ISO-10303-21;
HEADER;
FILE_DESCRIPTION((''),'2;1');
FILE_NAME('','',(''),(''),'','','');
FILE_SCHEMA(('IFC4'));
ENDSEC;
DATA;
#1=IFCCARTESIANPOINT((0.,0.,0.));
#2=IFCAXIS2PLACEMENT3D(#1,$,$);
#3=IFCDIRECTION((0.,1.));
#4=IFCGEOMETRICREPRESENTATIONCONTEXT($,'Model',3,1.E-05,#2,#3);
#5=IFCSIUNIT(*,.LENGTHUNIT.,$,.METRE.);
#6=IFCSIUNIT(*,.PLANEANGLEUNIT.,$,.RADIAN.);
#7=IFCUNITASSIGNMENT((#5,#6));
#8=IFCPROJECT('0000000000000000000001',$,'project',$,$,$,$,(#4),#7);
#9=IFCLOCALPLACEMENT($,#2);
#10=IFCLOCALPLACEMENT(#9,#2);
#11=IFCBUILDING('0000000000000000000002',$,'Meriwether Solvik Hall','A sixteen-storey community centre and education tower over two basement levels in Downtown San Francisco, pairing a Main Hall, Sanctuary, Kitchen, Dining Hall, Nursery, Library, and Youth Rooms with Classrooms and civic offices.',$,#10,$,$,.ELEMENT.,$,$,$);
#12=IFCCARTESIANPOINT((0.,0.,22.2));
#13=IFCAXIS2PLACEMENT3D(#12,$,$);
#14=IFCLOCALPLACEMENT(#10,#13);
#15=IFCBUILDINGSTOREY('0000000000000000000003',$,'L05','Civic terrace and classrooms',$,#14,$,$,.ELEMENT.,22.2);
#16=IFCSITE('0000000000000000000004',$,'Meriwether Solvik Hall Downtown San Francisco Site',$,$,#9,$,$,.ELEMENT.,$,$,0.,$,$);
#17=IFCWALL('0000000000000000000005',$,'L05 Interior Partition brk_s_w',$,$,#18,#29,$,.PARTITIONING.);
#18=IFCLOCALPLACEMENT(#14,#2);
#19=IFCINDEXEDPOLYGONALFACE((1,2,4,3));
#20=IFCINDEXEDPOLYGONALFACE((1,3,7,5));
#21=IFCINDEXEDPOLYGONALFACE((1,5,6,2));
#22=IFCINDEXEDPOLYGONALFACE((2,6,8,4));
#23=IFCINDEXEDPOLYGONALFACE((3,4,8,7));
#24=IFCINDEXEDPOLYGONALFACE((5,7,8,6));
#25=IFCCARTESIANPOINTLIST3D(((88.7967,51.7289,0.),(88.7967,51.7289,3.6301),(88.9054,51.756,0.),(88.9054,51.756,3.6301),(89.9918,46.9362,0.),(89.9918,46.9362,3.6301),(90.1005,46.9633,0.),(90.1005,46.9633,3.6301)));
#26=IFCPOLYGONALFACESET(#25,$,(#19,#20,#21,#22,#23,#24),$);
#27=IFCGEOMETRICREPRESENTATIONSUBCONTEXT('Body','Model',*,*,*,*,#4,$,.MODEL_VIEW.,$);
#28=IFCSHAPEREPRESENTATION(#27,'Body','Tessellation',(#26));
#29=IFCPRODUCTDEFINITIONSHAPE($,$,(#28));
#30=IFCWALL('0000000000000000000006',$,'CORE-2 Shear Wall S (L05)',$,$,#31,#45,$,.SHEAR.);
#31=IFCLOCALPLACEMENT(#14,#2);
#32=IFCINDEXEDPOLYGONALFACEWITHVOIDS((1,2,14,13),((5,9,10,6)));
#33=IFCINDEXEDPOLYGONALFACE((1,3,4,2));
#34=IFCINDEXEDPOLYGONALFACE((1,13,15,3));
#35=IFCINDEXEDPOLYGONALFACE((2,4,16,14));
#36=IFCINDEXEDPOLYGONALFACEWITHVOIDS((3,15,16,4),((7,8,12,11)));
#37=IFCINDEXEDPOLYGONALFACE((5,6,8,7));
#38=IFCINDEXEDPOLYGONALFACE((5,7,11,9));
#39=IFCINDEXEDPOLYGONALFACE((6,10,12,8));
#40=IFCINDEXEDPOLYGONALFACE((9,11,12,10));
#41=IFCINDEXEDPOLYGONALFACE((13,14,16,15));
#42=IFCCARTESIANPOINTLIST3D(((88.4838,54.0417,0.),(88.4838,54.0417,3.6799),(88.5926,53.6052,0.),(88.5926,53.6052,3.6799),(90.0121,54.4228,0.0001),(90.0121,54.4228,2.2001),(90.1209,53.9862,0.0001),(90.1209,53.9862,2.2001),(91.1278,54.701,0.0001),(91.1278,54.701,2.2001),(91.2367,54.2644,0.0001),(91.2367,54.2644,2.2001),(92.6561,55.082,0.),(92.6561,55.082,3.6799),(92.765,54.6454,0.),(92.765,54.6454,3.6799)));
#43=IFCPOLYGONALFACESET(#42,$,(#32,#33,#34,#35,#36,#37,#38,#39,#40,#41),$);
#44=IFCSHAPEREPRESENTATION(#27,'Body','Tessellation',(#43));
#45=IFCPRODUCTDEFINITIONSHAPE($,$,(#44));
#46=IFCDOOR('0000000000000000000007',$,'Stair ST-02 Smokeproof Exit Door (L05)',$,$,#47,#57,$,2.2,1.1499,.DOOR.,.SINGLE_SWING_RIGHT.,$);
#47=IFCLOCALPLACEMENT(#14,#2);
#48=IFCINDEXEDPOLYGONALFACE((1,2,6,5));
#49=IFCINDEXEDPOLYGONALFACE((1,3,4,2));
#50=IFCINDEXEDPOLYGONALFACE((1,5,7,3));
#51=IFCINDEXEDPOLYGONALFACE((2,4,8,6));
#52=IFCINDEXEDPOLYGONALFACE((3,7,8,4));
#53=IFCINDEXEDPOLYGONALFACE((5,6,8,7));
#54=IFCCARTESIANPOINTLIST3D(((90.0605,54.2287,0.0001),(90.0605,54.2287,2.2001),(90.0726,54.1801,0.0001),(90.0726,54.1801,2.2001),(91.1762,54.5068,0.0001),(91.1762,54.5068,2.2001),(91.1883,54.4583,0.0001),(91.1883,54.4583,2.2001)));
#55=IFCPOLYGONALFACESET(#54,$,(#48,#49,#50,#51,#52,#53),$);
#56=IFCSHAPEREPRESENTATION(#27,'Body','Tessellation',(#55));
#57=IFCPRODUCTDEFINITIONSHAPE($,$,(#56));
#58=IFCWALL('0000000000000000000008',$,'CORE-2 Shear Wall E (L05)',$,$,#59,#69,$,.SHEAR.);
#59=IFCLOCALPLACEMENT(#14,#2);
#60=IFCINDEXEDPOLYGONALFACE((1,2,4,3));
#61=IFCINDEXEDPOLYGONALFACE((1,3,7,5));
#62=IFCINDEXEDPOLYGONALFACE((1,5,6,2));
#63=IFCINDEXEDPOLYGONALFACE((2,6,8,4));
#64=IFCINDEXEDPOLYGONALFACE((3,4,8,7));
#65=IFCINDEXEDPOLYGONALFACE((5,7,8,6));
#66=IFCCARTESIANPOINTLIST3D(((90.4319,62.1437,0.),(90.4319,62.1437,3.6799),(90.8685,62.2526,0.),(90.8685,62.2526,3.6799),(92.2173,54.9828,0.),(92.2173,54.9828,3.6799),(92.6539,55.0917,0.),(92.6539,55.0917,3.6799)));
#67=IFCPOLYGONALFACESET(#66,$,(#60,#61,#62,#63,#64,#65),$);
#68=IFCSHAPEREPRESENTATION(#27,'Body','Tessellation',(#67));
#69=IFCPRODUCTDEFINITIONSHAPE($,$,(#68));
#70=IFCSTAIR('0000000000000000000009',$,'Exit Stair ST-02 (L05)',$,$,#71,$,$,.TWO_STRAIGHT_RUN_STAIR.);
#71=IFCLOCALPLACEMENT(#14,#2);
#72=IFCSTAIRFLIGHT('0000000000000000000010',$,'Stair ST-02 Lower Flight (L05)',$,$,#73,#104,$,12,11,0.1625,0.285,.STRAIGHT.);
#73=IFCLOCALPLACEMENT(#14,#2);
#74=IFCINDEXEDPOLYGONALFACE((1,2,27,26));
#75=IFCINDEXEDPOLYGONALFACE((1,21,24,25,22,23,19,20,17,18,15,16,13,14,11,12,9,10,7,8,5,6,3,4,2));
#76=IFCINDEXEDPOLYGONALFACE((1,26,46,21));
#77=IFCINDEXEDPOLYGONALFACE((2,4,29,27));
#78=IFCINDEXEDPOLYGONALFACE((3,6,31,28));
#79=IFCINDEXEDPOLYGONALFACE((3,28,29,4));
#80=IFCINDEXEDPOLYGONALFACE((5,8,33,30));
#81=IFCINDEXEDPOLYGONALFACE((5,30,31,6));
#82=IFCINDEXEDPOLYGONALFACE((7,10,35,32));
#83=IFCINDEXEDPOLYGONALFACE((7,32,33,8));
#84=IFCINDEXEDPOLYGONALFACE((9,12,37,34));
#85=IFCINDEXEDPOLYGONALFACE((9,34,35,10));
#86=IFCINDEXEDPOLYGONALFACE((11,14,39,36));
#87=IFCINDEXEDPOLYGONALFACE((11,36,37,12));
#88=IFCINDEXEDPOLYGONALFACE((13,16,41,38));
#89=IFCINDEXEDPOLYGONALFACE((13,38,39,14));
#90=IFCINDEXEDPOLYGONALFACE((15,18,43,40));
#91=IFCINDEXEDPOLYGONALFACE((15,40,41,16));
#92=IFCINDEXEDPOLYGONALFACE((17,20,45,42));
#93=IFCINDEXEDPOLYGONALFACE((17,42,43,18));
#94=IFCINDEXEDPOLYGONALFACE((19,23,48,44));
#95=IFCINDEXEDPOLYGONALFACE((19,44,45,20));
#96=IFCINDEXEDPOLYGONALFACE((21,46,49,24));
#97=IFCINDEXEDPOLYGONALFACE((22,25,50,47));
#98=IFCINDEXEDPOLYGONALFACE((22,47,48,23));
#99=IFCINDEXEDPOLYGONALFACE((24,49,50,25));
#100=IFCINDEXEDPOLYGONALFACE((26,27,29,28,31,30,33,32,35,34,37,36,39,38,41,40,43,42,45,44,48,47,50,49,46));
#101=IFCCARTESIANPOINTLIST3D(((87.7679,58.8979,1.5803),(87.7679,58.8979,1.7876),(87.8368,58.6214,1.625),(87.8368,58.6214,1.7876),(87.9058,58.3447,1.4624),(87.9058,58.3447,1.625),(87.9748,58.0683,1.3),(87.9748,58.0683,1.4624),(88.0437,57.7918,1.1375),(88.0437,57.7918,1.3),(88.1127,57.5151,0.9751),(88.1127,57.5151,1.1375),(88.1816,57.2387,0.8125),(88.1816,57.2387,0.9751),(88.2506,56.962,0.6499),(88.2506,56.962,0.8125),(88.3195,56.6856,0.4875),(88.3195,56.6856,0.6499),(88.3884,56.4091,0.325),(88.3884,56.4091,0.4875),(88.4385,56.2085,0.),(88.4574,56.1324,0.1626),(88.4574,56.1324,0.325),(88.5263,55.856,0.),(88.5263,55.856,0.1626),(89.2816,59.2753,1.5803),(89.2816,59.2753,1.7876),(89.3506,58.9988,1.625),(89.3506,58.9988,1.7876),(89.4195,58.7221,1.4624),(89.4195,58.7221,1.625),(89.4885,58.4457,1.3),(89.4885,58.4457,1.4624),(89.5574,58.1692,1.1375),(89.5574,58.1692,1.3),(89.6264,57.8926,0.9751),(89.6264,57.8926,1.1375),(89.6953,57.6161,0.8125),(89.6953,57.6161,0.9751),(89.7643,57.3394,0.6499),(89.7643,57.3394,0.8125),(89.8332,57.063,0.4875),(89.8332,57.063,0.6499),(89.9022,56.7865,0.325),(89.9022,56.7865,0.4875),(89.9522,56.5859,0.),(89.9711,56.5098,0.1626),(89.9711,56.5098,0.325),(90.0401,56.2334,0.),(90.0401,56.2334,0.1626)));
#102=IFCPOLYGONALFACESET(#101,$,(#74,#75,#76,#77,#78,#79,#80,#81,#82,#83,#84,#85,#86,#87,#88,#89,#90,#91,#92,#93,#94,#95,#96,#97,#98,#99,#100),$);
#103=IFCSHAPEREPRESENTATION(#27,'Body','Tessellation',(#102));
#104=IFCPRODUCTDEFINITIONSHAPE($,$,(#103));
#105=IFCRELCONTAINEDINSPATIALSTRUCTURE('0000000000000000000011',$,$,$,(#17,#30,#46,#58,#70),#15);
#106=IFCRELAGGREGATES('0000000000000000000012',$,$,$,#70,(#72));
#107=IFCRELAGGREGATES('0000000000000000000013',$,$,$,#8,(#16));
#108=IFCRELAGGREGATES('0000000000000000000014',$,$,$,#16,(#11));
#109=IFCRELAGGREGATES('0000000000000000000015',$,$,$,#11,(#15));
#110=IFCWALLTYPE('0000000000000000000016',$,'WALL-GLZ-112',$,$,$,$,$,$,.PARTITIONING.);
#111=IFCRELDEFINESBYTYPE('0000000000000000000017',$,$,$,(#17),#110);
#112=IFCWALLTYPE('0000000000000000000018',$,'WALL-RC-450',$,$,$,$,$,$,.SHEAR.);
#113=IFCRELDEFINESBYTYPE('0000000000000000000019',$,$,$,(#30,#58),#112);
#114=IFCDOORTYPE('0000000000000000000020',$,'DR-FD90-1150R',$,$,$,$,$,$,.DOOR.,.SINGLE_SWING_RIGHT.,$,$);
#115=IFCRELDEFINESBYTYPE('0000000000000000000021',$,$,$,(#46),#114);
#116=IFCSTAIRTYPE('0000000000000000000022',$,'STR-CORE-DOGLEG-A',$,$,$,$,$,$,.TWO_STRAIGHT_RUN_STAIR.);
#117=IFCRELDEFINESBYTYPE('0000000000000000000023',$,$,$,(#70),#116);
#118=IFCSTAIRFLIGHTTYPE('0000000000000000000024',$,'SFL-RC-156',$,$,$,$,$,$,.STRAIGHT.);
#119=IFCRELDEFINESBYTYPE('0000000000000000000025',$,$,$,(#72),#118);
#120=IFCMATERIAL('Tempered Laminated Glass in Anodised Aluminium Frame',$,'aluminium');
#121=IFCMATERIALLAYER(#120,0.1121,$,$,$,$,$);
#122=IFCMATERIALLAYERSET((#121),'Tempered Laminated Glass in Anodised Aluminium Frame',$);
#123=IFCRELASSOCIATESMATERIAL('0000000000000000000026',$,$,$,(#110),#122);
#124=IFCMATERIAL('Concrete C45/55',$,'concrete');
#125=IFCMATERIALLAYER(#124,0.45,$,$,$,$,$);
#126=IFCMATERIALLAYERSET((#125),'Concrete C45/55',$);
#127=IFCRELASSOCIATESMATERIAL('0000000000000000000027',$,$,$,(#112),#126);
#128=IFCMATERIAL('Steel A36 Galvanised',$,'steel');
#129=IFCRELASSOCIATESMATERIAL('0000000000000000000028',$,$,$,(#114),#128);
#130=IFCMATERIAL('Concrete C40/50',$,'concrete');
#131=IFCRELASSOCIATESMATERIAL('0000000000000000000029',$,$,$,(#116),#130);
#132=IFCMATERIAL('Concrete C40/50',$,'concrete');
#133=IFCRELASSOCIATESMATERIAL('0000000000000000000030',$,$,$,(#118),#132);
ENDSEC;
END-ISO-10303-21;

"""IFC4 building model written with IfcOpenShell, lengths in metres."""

from ifc_helpers import new_model, si_unit, direction, frame, frame_2d, origin, place, context, subcontext, project, spatial, polyline, rectangle, outline, extrude, material, layer, layer_set, type_object, element, fill, aggregate, save


model = new_model("IFC4")

# Units and contexts
model_context = context("Model", 3, precision=1e-05, world=origin(), true_north=direction((0.0, 1.0)))
body_context = subcontext(model_context, "Body", "Model", "MODEL_VIEW")
ifc_project = project(units=[si_unit("LENGTHUNIT", "METRE"), si_unit("PLANEANGLEUNIT", "RADIAN")], contexts=[model_context])

# Site, building, storey
site_placement = place(None, origin())
site = spatial("IfcSite", under=ifc_project, at=site_placement, Name="Meriwether Solvik Hall Downtown San Francisco Site", CompositionType="ELEMENT", RefElevation=0.0)
building_placement = place(site_placement, origin())
building = spatial("IfcBuilding", under=site, at=building_placement, Name="Meriwether Solvik Hall", Description="A sixteen-storey community centre and education tower over two basement levels in Downtown San Francisco, pairing a Main Hall, Sanctuary, Kitchen, Dining Hall, Nursery, Library, and Youth Rooms with Classrooms and civic offices.", CompositionType="ELEMENT")
storey_placement = place(building_placement, frame((0.0, 0.0, 22.2)))
storey = spatial("IfcBuildingStorey", under=building, at=storey_placement, Name="L05", Description="Civic terrace and classrooms", CompositionType="ELEMENT", Elevation=22.2)

# Wall
ifc_material_1 = material(Name="Tempered Laminated Glass in Anodised Aluminium Frame", Category="aluminium")
ifc_layer_1 = layer(ifc_material_1, 0.1121)
ifc_layer_set_1 = layer_set([ifc_layer_1], Name="Tempered Laminated Glass in Anodised Aluminium Frame")
wall_type_1 = type_object("IfcWallType", Name="WALL-GLZ-112", PredefinedType="PARTITIONING", material=ifc_layer_set_1)
wall_1_placement = place(storey_placement, frame((88.8511, 51.7424, 0.0), z_axis=(0.0, 0.0, 1.0), x_axis=(0.241942, -0.970291, 0.0)))
element("IfcWall", 1, at=wall_1_placement, inside=storey, type_object=wall_type_1, Name="L05 Interior Partition brk_s_w", PredefinedType="PARTITIONING", context=body_context, shape_type="SweptSolid", body=[
    extrude(rectangle(XDim=4.9395, YDim=0.1121, at=frame_2d((2.4697, 0.0))), origin(), (0.0, 0.0, 1.0), 3.6301),
])

# Wall, opening, door
ifc_material_2 = material(Name="Concrete C45/55", Category="concrete")
ifc_layer_2 = layer(ifc_material_2, 0.45)
ifc_layer_set_2 = layer_set([ifc_layer_2], Name="Concrete C45/55")
wall_type_2 = type_object("IfcWallType", Name="WALL-RC-450", PredefinedType="SHEAR", material=ifc_layer_set_2)
wall_2_placement = place(storey_placement, frame((88.5383, 53.8235, 0.0), z_axis=(0.0, 0.0, 1.0), x_axis=(0.970296, 0.241921, 0.0)))
wall_2 = element("IfcWall", 2, at=wall_2_placement, inside=storey, type_object=wall_type_2, Name="CORE-2 Shear Wall S (L05)", PredefinedType="SHEAR", context=body_context, shape_type="SweptSolid", body=[
    extrude(rectangle(XDim=4.3, YDim=0.45, at=frame_2d((2.1499, 0.0))), origin(), (0.0, 0.0, 1.0), 3.6799),
])
opening_placement = place(wall_2_placement, frame((1.575, 0.0, 0.0)))
opening = element("IfcOpeningElement", 3, at=opening_placement, cuts=wall_2, PredefinedType="OPENING", context=body_context, shape_type="SweptSolid", body=[
    extrude(rectangle(XDim=1.1499, YDim=2.2, at=frame_2d((0.575, 1.1001))), frame((0.0, 0.2368, 0.0), z_axis=(0.0, -1.0, 0.0), x_axis=(1.0, 0.0, 0.0)), (0.0, 0.0, 1.0), 0.4739),
])
ifc_material_3 = material(Name="Steel A36 Galvanised", Category="steel")
door_type = type_object("IfcDoorType", Name="DR-FD90-1150R", OperationType="SINGLE_SWING_RIGHT", PredefinedType="DOOR", material=ifc_material_3)
door_placement = place(opening_placement, origin())
door = element("IfcDoor", 4, at=door_placement, inside=storey, type_object=door_type, Name="Stair ST-02 Smokeproof Exit Door (L05)", OperationType="SINGLE_SWING_RIGHT", OverallHeight=2.2, OverallWidth=1.1499, PredefinedType="DOOR", context=body_context, shape_type="SweptSolid", body=[
    extrude(rectangle(XDim=1.1499, YDim=2.2, at=frame_2d((0.575, 1.1001))), frame((0.0, 0.0249, 0.0), z_axis=(0.0, -1.0, 0.0), x_axis=(1.0, 0.0, 0.0)), (0.0, 0.0, 1.0), 0.05),
])
fill(opening, door)

# Wall
wall_3_placement = place(storey_placement, frame((92.4355, 55.0374, 0.0), z_axis=(0.0, 0.0, 1.0), x_axis=(-0.241921, 0.970296, 0.0)))
element("IfcWall", 5, at=wall_3_placement, inside=storey, type_object=wall_type_2, Name="CORE-2 Shear Wall E (L05)", PredefinedType="SHEAR", context=body_context, shape_type="SweptSolid", body=[
    extrude(rectangle(XDim=7.3801, YDim=0.45, at=frame_2d((3.6899, 0.0))), origin(), (0.0, 0.0, 1.0), 3.6799),
])

# Stair, stair flight
ifc_material_4 = material(Name="Concrete C40/50", Category="concrete")
stair_type = type_object("IfcStairType", Name="STR-CORE-DOGLEG-A", PredefinedType="TWO_STRAIGHT_RUN_STAIR", material=ifc_material_4)
stair_placement = place(storey_placement, origin())
stair = element("IfcStair", 6, at=stair_placement, inside=storey, type_object=stair_type, Name="Exit Stair ST-02 (L05)", PredefinedType="TWO_STRAIGHT_RUN_STAIR")
ifc_material_5 = material(Name="Concrete C40/50", Category="concrete")
stair_flight_type = type_object("IfcStairFlightType", Name="SFL-RC-156", PredefinedType="STRAIGHT", material=ifc_material_5)
stair_flight_placement = place(storey_placement, frame((89.2832, 56.0447, 0.0), z_axis=(0.0, 0.0, 1.0), x_axis=(-0.241922, 0.970296, 0.0)))
stair_flight = element("IfcStairFlight", 7, at=stair_flight_placement, type_object=stair_flight_type, Name="Stair ST-02 Lower Flight (L05)", NumberOfRisers=12, NumberOfTreads=11, PredefinedType="STRAIGHT", RiserHeight=0.1625, TreadLength=0.285, context=body_context, shape_type="SweptSolid", body=[
    extrude(outline(polyline([(0.0, 0.0), (0.0, 0.1626), (0.2849, 0.1626), (0.2849, 0.325), (0.5701, 0.325), (0.5701, 0.4875), (0.855, 0.4875), (0.855, 0.6499), (1.1399, 0.6499), (1.1399, 0.8125), (1.425, 0.8125), (1.425, 0.9751), (1.71, 0.9751), (1.71, 1.1375), (1.9951, 1.1375), (1.9951, 1.3), (2.28, 1.3), (2.28, 1.4624), (2.5649, 1.4624), (2.5649, 1.625), (2.8501, 1.625), (2.8501, 1.7876), (3.135, 1.7876), (3.135, 1.95), (3.135, 1.5803), (0.3633, 0.0), (0.0, 0.0)])), frame((0.0, 0.78, 0.0), z_axis=(0.0, -1.0, 0.0), x_axis=(1.0, 0.0, 0.0)), (0.0, 0.0, 1.0), 1.5601),
])
aggregate(stair, [stair_flight])

save(model, "model.ifc")
